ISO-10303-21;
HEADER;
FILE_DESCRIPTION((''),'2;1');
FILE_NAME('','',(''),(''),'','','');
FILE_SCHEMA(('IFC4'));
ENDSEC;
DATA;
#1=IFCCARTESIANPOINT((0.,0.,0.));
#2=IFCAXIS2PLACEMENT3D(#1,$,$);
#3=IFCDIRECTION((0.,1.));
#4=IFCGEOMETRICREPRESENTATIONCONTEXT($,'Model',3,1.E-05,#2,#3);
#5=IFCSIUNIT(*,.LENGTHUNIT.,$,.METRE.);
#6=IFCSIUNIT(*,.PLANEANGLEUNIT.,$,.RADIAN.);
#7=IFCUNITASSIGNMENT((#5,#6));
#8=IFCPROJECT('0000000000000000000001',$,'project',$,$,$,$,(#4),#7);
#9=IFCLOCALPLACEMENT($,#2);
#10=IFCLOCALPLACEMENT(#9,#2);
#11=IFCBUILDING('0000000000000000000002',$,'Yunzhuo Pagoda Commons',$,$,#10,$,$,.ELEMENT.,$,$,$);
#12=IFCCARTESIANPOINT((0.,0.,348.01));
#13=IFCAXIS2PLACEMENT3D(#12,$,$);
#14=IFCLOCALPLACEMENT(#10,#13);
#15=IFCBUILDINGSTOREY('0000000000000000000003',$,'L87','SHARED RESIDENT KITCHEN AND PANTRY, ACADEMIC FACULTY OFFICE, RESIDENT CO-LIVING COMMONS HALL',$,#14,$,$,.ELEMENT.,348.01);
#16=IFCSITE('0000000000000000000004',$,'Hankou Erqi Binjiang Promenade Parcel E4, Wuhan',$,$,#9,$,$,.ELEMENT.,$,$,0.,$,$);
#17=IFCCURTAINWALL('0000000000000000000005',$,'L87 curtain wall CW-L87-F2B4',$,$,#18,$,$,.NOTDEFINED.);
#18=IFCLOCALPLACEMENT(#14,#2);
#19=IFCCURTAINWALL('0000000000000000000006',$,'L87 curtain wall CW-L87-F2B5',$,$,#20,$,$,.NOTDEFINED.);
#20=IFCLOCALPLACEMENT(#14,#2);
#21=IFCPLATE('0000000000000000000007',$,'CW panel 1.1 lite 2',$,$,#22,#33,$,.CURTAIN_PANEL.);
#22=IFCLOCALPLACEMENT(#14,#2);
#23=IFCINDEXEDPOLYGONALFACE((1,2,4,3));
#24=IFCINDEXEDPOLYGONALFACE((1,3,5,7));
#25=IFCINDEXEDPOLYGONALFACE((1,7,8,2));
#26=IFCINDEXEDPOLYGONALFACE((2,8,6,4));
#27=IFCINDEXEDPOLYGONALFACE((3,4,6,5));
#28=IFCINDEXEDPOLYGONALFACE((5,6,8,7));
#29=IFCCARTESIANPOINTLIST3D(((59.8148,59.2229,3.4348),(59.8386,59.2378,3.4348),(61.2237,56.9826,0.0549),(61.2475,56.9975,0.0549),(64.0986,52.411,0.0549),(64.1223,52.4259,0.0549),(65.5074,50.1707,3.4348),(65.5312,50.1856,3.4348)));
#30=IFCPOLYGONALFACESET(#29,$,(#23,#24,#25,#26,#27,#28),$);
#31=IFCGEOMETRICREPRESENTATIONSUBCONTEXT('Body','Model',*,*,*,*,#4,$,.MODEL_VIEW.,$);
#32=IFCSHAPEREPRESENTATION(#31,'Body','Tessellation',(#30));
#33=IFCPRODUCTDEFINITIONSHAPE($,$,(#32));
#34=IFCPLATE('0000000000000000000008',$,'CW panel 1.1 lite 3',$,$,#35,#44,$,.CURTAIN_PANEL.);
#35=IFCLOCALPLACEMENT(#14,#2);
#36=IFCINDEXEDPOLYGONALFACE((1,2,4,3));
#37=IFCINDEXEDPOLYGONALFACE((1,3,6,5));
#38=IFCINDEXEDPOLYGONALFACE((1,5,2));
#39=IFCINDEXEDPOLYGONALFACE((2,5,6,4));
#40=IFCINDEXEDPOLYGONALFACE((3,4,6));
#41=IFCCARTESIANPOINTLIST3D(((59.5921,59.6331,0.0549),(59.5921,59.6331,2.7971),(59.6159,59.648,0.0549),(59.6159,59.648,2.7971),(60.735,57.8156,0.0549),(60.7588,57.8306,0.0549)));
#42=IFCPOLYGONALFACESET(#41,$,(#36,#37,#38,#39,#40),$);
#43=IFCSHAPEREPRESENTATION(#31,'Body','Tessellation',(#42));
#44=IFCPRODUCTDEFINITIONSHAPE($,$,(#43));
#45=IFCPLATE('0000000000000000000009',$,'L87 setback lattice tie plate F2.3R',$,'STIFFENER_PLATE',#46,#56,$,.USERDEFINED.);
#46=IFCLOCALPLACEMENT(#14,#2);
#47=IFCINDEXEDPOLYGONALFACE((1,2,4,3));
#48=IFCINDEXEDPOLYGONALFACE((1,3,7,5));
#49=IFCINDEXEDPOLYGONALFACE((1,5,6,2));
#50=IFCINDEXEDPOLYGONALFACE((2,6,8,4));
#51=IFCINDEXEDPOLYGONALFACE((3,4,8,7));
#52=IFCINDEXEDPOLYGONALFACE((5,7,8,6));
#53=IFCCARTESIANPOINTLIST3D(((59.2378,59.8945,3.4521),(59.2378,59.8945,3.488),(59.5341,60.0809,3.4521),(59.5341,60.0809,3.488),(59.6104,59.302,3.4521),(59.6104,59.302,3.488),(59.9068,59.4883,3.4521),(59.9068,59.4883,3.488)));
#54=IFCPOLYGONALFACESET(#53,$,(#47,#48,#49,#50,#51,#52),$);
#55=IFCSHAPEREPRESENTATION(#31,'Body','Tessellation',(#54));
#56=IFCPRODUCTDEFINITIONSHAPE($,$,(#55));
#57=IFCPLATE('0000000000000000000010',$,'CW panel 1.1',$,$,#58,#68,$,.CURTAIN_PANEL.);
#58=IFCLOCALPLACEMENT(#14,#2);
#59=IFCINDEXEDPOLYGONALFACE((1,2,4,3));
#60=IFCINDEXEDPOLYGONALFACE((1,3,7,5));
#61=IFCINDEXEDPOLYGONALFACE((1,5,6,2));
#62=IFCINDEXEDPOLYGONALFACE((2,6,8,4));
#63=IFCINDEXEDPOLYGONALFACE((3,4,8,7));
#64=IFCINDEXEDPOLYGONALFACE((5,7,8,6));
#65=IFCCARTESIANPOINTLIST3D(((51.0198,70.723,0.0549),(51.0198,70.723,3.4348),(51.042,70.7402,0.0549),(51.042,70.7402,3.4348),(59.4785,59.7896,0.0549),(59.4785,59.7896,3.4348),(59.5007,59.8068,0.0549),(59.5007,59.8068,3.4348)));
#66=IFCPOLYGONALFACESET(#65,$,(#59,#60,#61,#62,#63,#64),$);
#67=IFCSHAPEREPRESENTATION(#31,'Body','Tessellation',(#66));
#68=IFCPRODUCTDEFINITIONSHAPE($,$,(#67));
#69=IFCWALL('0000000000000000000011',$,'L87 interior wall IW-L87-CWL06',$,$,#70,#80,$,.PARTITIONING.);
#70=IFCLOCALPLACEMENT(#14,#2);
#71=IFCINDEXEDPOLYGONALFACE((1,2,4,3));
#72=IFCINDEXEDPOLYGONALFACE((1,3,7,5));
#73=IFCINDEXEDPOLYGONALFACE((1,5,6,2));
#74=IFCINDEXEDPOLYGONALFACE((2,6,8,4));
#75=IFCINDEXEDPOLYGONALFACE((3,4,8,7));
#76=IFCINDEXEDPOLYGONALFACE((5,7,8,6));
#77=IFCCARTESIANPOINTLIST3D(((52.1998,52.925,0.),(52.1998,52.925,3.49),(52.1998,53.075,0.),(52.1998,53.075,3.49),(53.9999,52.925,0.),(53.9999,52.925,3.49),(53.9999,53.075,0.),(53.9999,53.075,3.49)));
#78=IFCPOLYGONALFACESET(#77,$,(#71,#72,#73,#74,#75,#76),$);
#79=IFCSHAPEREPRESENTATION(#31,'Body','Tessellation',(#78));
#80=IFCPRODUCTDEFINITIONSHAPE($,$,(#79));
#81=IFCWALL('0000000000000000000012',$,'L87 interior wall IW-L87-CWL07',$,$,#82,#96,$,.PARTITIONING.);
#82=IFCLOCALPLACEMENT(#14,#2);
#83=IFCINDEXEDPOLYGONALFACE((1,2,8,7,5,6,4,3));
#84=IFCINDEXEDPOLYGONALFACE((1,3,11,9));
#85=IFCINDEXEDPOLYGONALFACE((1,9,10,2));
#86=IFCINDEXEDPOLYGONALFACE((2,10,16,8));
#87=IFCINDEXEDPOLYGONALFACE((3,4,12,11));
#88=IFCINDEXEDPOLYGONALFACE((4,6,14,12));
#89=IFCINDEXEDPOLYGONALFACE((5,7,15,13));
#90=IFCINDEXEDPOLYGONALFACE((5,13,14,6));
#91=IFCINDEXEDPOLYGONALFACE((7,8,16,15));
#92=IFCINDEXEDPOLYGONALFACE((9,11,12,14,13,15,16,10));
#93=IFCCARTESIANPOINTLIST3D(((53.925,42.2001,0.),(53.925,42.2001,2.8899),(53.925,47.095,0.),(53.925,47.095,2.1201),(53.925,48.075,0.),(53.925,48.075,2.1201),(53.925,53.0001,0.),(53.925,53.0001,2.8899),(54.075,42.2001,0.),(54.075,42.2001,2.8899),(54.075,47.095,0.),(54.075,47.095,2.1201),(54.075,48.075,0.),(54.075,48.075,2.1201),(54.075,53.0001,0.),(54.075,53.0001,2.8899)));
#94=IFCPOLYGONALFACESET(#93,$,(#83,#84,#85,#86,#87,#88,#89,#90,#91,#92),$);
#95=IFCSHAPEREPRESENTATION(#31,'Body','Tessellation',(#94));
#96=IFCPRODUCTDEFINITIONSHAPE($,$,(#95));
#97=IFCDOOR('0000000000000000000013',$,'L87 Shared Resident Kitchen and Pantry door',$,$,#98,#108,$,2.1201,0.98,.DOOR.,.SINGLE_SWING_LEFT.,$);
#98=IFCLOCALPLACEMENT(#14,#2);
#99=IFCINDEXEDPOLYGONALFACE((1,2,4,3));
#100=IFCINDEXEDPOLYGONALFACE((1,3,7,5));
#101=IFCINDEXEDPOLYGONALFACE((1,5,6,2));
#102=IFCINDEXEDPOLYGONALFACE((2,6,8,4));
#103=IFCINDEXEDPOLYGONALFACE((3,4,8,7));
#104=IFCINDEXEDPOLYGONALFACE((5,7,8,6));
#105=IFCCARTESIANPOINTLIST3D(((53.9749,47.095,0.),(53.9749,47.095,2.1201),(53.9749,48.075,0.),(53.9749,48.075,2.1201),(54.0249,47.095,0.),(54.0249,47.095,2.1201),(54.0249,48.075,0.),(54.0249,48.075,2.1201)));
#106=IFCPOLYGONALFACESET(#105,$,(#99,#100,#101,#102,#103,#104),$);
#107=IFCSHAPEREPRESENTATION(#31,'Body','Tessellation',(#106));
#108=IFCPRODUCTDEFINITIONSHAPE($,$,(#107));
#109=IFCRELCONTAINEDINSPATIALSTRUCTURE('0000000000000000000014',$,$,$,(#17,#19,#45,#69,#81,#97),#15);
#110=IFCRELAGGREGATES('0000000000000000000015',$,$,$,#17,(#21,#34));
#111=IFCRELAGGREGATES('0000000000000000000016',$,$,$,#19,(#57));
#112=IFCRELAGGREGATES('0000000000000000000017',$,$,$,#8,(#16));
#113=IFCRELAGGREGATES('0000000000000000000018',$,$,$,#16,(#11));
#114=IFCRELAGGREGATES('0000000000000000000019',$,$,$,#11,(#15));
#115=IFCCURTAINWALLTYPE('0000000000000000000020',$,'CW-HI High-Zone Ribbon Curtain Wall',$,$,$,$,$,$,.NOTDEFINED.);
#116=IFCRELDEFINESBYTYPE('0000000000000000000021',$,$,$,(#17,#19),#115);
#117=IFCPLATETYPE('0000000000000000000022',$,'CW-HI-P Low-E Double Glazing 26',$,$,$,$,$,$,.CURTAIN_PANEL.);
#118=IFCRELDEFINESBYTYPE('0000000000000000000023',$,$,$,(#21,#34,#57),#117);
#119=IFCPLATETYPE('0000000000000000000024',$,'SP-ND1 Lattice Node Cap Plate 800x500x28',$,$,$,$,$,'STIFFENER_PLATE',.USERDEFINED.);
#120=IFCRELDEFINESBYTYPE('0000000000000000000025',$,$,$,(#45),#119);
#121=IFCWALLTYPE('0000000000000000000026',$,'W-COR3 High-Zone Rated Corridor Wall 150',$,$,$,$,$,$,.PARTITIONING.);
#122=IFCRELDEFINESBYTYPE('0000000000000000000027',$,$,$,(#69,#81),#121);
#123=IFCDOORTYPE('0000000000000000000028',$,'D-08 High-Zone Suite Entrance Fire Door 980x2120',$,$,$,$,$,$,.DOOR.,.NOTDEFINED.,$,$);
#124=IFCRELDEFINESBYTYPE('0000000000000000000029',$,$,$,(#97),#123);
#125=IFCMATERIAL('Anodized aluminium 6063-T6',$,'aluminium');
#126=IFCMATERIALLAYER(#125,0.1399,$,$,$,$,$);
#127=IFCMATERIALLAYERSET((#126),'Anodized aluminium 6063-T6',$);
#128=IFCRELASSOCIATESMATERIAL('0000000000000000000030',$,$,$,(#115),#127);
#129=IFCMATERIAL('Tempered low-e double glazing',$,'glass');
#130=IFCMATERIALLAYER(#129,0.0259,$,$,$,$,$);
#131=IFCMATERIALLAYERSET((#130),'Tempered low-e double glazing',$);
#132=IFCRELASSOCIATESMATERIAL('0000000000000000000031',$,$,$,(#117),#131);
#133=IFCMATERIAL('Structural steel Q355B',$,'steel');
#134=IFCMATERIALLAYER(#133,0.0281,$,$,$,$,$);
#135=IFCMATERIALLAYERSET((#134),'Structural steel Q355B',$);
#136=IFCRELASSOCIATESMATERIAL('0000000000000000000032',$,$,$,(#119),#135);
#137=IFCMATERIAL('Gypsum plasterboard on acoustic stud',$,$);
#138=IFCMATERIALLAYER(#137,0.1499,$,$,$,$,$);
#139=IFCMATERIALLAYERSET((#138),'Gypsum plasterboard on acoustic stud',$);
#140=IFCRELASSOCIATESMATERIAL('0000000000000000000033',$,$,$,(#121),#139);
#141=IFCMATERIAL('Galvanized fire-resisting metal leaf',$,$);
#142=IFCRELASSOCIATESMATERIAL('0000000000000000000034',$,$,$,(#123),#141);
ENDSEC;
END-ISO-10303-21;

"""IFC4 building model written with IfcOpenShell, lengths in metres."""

from ifc_helpers import new_model, si_unit, direction, frame, frame_2d, origin, origin_with_axes, origin_2d, place, context, subcontext, project, spatial, polyline, rectangle, outline, extrude, source, transform, mapped, material, layer, layer_set, type_object, element, fill, aggregate, save


model = new_model("IFC4")

# Units and contexts
model_context = context("Model", 3, precision=1e-05, world=origin(), true_north=direction((0.0, 1.0)))
body_context = subcontext(model_context, "Body", "Model", "MODEL_VIEW")
ifc_project = project(units=[si_unit("LENGTHUNIT", "METRE"), si_unit("PLANEANGLEUNIT", "RADIAN")], contexts=[model_context])

# Site, building, storey
site_placement = place(None, origin())
site = spatial("IfcSite", under=ifc_project, at=site_placement, Name="Hankou Erqi Binjiang Promenade Parcel E4, Wuhan", CompositionType="ELEMENT", RefElevation=0.0)
building_placement = place(site_placement, origin())
building = spatial("IfcBuilding", under=site, at=building_placement, Name="Yunzhuo Pagoda Commons", CompositionType="ELEMENT")
storey_placement = place(building_placement, frame((0.0, 0.0, 348.01)))
storey = spatial("IfcBuildingStorey", under=building, at=storey_placement, Name="L87", Description="SHARED RESIDENT KITCHEN AND PANTRY, ACADEMIC FACULTY OFFICE, RESIDENT CO-LIVING COMMONS HALL", CompositionType="ELEMENT", Elevation=348.01)

# Shared definitions
ifc_material_1 = material(Name="Structural steel Q355B", Category="steel")

# Curtain wall
ifc_material_2 = material(Name="Anodized aluminium 6063-T6", Category="aluminium")
ifc_layer_1 = layer(ifc_material_2, 0.1399)
ifc_layer_set_1 = layer_set([ifc_layer_1], Name="Anodized aluminium 6063-T6")
curtain_wall_type = type_object("IfcCurtainWallType", Name="CW-HI High-Zone Ribbon Curtain Wall", PredefinedType="NOTDEFINED", material=ifc_layer_set_1)
curtain_wall_1_placement = place(storey_placement, origin())
curtain_wall_1 = element("IfcCurtainWall", 1, at=curtain_wall_1_placement, inside=storey, type_object=curtain_wall_type, Name="L87 curtain wall CW-L87-F2B4", PredefinedType="NOTDEFINED")

# Curtain wall
curtain_wall_2_placement = place(storey_placement, origin())
curtain_wall_2 = element("IfcCurtainWall", 2, at=curtain_wall_2_placement, inside=storey, type_object=curtain_wall_type, Name="L87 curtain wall CW-L87-F2B5", PredefinedType="NOTDEFINED")

# Plates
ifc_material_3 = material(Name="Tempered low-e double glazing", Category="glass")
ifc_layer_2 = layer(ifc_material_3, 0.0259)
ifc_layer_set_2 = layer_set([ifc_layer_2], Name="Tempered low-e double glazing")
plate_type_1 = type_object("IfcPlateType", Name="CW-HI-P Low-E Double Glazing 26", PredefinedType="CURTAIN_PANEL", material=ifc_layer_set_2)
plate_1_placement = place(storey_placement, frame((62.6611, 54.6968, 1.7449), z_axis=(0.846525, 0.53235, 0.0), x_axis=(-0.53235, 0.846525, 0.0)))
plate_1 = element("IfcPlate", 3, at=plate_1_placement, type_object=plate_type_1, Name="CW panel 1.1 lite 2", PredefinedType="CURTAIN_PANEL", context=body_context, shape_type="SweptSolid", body=[
    extrude(outline(polyline([(-5.3467, 1.6899), (-2.7002, -1.6899), (2.7002, -1.6899), (5.3467, 1.6899), (-5.3467, 1.6899)])), origin(), (0.0, 0.0, 1.0), 0.0281),
])
plate_2_placement = place(storey_placement, frame((60.1636, 58.7244, 1.426), z_axis=(0.846525, 0.53235, 0.0), x_axis=(-0.53235, 0.846525, 0.0)))
plate_2 = element("IfcPlate", 4, at=plate_2_placement, type_object=plate_type_1, Name="CW panel 1.1 lite 3", PredefinedType="CURTAIN_PANEL", context=body_context, shape_type="SweptSolid", body=[
    extrude(outline(polyline([(-1.0735, -1.3711), (1.0735, -1.3711), (1.0735, 1.3711), (-1.0735, -1.3711)])), origin(), (0.0, 0.0, 1.0), 0.0281),
])
aggregate(curtain_wall_1, [plate_1, plate_2])
ifc_layer_3 = layer(ifc_material_1, 0.0281)
ifc_layer_set_3 = layer_set([ifc_layer_3], Name="Structural steel Q355B")
plate_type_2 = type_object("IfcPlateType", Name="SP-ND1 Lattice Node Cap Plate 800x500x28", ElementType="STIFFENER_PLATE", PredefinedType="USERDEFINED", material=ifc_layer_set_3)
shared_shape_1 = source(origin(), body_context, "Body", "SweptSolid", [
    extrude(rectangle(XDim=0.7, YDim=0.3501, at=origin_2d()), origin(), (0.0, 0.0, 1.0), 0.0359),
])
plate_3_placement = place(storey_placement, frame((59.5723, 59.6914, 3.4521), z_axis=(0.0, 0.0, 1.0), x_axis=(-0.532344, 0.846528, 0.0)))
element("IfcPlate", 5, at=plate_3_placement, inside=storey, type_object=plate_type_2, Name="L87 setback lattice tie plate F2.3R", ObjectType="STIFFENER_PLATE", PredefinedType="USERDEFINED", context=body_context, shape_type="MappedRepresentation", body=[
    mapped(shared_shape_1, transform((0.0, 0.0, 0.0), scale=1.0)),
])
shared_shape_2 = source(origin(), body_context, "Body", "SweptSolid", [
    extrude(rectangle(XDim=13.8235, YDim=0.0281, at=origin_2d()), origin(), (0.0, 0.0, 1.0), 3.3799),
])
plate_4_placement = place(storey_placement, frame((55.2603, 65.2649, 0.0549), z_axis=(0.0, 0.0, 1.0), x_axis=(-0.61191, 0.790927, 0.0)))
plate_4 = element("IfcPlate", 6, at=plate_4_placement, type_object=plate_type_1, Name="CW panel 1.1", PredefinedType="CURTAIN_PANEL", context=body_context, shape_type="MappedRepresentation", body=[
    mapped(shared_shape_2, transform((0.0, 0.0, 0.0), scale=1.0)),
])
aggregate(curtain_wall_2, [plate_4])

# Wall
ifc_material_4 = material(Name="Gypsum plasterboard on acoustic stud")
ifc_layer_4 = layer(ifc_material_4, 0.1499)
ifc_layer_set_4 = layer_set([ifc_layer_4], Name="Gypsum plasterboard on acoustic stud")
wall_type_1 = type_object("IfcWallType", Name="W-COR3 High-Zone Rated Corridor Wall 150", PredefinedType="PARTITIONING", material=ifc_layer_set_4)
wall_1_placement = place(storey_placement, frame((52.2, 53.0, 0.0), z_axis=(0.0, 0.0, 1.0), x_axis=(1.0, 0.0, 0.0)))
element("IfcWall", 7, at=wall_1_placement, inside=storey, type_object=wall_type_1, Name="L87 interior wall IW-L87-CWL06", PredefinedType="PARTITIONING", context=body_context, shape_type="SweptSolid", body=[
    extrude(rectangle(XDim=1.8, YDim=0.1499, at=frame_2d((0.8999, 0.0))), origin(), (0.0, 0.0, 1.0), 3.49),
])

# Wall, opening, door
wall_2_placement = place(storey_placement, frame((54.0, 53.0, 0.0), z_axis=(0.0, 0.0, 1.0), x_axis=(0.0, -1.0, 0.0)))
wall_2 = element("IfcWall", 8, at=wall_2_placement, inside=storey, type_object=wall_type_1, Name="L87 interior wall IW-L87-CWL07", PredefinedType="PARTITIONING", context=body_context, shape_type="SweptSolid", body=[
    extrude(rectangle(XDim=10.8, YDim=0.1499, at=frame_2d((5.3999, 0.0))), origin(), (0.0, 0.0, 1.0), 2.8899),
])
opening_1_placement = place(wall_2_placement, frame((4.925, 0.0, 0.0)))
opening_1 = element("IfcOpeningElement", 9, at=opening_1_placement, cuts=wall_2, PredefinedType="OPENING", context=body_context, shape_type="SweptSolid", body=[
    extrude(rectangle(XDim=0.98, YDim=2.1201, at=frame_2d((0.49, 1.0601))), frame((0.0, 0.085, 0.0), z_axis=(0.0, -1.0, 0.0), x_axis=(1.0, 0.0, 0.0)), (0.0, 0.0, 1.0), 0.1699),
])
ifc_material_5 = material(Name="Galvanized fire-resisting metal leaf")
door_type_1 = type_object("IfcDoorType", Name="D-08 High-Zone Suite Entrance Fire Door 980x2120", OperationType="NOTDEFINED", PredefinedType="DOOR", material=ifc_material_5)
shared_shape_3 = source(origin(), body_context, "Body", "SweptSolid", [
    extrude(rectangle(XDim=0.98, YDim=2.1201, at=frame_2d((0.49, 1.0601))), frame((0.0, 0.0249, 0.0), z_axis=(0.0, -1.0, 0.0), x_axis=(1.0, 0.0, 0.0)), (0.0, 0.0, 1.0), 0.05),
])
door_1_placement = place(opening_1_placement, origin_with_axes())
door_1 = element("IfcDoor", 10, at=door_1_placement, inside=storey, type_object=door_type_1, Name="L87 Shared Resident Kitchen and Pantry door", OperationType="SINGLE_SWING_LEFT", OverallHeight=2.1201, OverallWidth=0.98, PredefinedType="DOOR", context=body_context, shape_type="MappedRepresentation", body=[
    mapped(shared_shape_3, transform((0.0, 0.0, 0.0), scale=1.0)),
])
fill(opening_1, door_1)

save(model, "model.ifc")
